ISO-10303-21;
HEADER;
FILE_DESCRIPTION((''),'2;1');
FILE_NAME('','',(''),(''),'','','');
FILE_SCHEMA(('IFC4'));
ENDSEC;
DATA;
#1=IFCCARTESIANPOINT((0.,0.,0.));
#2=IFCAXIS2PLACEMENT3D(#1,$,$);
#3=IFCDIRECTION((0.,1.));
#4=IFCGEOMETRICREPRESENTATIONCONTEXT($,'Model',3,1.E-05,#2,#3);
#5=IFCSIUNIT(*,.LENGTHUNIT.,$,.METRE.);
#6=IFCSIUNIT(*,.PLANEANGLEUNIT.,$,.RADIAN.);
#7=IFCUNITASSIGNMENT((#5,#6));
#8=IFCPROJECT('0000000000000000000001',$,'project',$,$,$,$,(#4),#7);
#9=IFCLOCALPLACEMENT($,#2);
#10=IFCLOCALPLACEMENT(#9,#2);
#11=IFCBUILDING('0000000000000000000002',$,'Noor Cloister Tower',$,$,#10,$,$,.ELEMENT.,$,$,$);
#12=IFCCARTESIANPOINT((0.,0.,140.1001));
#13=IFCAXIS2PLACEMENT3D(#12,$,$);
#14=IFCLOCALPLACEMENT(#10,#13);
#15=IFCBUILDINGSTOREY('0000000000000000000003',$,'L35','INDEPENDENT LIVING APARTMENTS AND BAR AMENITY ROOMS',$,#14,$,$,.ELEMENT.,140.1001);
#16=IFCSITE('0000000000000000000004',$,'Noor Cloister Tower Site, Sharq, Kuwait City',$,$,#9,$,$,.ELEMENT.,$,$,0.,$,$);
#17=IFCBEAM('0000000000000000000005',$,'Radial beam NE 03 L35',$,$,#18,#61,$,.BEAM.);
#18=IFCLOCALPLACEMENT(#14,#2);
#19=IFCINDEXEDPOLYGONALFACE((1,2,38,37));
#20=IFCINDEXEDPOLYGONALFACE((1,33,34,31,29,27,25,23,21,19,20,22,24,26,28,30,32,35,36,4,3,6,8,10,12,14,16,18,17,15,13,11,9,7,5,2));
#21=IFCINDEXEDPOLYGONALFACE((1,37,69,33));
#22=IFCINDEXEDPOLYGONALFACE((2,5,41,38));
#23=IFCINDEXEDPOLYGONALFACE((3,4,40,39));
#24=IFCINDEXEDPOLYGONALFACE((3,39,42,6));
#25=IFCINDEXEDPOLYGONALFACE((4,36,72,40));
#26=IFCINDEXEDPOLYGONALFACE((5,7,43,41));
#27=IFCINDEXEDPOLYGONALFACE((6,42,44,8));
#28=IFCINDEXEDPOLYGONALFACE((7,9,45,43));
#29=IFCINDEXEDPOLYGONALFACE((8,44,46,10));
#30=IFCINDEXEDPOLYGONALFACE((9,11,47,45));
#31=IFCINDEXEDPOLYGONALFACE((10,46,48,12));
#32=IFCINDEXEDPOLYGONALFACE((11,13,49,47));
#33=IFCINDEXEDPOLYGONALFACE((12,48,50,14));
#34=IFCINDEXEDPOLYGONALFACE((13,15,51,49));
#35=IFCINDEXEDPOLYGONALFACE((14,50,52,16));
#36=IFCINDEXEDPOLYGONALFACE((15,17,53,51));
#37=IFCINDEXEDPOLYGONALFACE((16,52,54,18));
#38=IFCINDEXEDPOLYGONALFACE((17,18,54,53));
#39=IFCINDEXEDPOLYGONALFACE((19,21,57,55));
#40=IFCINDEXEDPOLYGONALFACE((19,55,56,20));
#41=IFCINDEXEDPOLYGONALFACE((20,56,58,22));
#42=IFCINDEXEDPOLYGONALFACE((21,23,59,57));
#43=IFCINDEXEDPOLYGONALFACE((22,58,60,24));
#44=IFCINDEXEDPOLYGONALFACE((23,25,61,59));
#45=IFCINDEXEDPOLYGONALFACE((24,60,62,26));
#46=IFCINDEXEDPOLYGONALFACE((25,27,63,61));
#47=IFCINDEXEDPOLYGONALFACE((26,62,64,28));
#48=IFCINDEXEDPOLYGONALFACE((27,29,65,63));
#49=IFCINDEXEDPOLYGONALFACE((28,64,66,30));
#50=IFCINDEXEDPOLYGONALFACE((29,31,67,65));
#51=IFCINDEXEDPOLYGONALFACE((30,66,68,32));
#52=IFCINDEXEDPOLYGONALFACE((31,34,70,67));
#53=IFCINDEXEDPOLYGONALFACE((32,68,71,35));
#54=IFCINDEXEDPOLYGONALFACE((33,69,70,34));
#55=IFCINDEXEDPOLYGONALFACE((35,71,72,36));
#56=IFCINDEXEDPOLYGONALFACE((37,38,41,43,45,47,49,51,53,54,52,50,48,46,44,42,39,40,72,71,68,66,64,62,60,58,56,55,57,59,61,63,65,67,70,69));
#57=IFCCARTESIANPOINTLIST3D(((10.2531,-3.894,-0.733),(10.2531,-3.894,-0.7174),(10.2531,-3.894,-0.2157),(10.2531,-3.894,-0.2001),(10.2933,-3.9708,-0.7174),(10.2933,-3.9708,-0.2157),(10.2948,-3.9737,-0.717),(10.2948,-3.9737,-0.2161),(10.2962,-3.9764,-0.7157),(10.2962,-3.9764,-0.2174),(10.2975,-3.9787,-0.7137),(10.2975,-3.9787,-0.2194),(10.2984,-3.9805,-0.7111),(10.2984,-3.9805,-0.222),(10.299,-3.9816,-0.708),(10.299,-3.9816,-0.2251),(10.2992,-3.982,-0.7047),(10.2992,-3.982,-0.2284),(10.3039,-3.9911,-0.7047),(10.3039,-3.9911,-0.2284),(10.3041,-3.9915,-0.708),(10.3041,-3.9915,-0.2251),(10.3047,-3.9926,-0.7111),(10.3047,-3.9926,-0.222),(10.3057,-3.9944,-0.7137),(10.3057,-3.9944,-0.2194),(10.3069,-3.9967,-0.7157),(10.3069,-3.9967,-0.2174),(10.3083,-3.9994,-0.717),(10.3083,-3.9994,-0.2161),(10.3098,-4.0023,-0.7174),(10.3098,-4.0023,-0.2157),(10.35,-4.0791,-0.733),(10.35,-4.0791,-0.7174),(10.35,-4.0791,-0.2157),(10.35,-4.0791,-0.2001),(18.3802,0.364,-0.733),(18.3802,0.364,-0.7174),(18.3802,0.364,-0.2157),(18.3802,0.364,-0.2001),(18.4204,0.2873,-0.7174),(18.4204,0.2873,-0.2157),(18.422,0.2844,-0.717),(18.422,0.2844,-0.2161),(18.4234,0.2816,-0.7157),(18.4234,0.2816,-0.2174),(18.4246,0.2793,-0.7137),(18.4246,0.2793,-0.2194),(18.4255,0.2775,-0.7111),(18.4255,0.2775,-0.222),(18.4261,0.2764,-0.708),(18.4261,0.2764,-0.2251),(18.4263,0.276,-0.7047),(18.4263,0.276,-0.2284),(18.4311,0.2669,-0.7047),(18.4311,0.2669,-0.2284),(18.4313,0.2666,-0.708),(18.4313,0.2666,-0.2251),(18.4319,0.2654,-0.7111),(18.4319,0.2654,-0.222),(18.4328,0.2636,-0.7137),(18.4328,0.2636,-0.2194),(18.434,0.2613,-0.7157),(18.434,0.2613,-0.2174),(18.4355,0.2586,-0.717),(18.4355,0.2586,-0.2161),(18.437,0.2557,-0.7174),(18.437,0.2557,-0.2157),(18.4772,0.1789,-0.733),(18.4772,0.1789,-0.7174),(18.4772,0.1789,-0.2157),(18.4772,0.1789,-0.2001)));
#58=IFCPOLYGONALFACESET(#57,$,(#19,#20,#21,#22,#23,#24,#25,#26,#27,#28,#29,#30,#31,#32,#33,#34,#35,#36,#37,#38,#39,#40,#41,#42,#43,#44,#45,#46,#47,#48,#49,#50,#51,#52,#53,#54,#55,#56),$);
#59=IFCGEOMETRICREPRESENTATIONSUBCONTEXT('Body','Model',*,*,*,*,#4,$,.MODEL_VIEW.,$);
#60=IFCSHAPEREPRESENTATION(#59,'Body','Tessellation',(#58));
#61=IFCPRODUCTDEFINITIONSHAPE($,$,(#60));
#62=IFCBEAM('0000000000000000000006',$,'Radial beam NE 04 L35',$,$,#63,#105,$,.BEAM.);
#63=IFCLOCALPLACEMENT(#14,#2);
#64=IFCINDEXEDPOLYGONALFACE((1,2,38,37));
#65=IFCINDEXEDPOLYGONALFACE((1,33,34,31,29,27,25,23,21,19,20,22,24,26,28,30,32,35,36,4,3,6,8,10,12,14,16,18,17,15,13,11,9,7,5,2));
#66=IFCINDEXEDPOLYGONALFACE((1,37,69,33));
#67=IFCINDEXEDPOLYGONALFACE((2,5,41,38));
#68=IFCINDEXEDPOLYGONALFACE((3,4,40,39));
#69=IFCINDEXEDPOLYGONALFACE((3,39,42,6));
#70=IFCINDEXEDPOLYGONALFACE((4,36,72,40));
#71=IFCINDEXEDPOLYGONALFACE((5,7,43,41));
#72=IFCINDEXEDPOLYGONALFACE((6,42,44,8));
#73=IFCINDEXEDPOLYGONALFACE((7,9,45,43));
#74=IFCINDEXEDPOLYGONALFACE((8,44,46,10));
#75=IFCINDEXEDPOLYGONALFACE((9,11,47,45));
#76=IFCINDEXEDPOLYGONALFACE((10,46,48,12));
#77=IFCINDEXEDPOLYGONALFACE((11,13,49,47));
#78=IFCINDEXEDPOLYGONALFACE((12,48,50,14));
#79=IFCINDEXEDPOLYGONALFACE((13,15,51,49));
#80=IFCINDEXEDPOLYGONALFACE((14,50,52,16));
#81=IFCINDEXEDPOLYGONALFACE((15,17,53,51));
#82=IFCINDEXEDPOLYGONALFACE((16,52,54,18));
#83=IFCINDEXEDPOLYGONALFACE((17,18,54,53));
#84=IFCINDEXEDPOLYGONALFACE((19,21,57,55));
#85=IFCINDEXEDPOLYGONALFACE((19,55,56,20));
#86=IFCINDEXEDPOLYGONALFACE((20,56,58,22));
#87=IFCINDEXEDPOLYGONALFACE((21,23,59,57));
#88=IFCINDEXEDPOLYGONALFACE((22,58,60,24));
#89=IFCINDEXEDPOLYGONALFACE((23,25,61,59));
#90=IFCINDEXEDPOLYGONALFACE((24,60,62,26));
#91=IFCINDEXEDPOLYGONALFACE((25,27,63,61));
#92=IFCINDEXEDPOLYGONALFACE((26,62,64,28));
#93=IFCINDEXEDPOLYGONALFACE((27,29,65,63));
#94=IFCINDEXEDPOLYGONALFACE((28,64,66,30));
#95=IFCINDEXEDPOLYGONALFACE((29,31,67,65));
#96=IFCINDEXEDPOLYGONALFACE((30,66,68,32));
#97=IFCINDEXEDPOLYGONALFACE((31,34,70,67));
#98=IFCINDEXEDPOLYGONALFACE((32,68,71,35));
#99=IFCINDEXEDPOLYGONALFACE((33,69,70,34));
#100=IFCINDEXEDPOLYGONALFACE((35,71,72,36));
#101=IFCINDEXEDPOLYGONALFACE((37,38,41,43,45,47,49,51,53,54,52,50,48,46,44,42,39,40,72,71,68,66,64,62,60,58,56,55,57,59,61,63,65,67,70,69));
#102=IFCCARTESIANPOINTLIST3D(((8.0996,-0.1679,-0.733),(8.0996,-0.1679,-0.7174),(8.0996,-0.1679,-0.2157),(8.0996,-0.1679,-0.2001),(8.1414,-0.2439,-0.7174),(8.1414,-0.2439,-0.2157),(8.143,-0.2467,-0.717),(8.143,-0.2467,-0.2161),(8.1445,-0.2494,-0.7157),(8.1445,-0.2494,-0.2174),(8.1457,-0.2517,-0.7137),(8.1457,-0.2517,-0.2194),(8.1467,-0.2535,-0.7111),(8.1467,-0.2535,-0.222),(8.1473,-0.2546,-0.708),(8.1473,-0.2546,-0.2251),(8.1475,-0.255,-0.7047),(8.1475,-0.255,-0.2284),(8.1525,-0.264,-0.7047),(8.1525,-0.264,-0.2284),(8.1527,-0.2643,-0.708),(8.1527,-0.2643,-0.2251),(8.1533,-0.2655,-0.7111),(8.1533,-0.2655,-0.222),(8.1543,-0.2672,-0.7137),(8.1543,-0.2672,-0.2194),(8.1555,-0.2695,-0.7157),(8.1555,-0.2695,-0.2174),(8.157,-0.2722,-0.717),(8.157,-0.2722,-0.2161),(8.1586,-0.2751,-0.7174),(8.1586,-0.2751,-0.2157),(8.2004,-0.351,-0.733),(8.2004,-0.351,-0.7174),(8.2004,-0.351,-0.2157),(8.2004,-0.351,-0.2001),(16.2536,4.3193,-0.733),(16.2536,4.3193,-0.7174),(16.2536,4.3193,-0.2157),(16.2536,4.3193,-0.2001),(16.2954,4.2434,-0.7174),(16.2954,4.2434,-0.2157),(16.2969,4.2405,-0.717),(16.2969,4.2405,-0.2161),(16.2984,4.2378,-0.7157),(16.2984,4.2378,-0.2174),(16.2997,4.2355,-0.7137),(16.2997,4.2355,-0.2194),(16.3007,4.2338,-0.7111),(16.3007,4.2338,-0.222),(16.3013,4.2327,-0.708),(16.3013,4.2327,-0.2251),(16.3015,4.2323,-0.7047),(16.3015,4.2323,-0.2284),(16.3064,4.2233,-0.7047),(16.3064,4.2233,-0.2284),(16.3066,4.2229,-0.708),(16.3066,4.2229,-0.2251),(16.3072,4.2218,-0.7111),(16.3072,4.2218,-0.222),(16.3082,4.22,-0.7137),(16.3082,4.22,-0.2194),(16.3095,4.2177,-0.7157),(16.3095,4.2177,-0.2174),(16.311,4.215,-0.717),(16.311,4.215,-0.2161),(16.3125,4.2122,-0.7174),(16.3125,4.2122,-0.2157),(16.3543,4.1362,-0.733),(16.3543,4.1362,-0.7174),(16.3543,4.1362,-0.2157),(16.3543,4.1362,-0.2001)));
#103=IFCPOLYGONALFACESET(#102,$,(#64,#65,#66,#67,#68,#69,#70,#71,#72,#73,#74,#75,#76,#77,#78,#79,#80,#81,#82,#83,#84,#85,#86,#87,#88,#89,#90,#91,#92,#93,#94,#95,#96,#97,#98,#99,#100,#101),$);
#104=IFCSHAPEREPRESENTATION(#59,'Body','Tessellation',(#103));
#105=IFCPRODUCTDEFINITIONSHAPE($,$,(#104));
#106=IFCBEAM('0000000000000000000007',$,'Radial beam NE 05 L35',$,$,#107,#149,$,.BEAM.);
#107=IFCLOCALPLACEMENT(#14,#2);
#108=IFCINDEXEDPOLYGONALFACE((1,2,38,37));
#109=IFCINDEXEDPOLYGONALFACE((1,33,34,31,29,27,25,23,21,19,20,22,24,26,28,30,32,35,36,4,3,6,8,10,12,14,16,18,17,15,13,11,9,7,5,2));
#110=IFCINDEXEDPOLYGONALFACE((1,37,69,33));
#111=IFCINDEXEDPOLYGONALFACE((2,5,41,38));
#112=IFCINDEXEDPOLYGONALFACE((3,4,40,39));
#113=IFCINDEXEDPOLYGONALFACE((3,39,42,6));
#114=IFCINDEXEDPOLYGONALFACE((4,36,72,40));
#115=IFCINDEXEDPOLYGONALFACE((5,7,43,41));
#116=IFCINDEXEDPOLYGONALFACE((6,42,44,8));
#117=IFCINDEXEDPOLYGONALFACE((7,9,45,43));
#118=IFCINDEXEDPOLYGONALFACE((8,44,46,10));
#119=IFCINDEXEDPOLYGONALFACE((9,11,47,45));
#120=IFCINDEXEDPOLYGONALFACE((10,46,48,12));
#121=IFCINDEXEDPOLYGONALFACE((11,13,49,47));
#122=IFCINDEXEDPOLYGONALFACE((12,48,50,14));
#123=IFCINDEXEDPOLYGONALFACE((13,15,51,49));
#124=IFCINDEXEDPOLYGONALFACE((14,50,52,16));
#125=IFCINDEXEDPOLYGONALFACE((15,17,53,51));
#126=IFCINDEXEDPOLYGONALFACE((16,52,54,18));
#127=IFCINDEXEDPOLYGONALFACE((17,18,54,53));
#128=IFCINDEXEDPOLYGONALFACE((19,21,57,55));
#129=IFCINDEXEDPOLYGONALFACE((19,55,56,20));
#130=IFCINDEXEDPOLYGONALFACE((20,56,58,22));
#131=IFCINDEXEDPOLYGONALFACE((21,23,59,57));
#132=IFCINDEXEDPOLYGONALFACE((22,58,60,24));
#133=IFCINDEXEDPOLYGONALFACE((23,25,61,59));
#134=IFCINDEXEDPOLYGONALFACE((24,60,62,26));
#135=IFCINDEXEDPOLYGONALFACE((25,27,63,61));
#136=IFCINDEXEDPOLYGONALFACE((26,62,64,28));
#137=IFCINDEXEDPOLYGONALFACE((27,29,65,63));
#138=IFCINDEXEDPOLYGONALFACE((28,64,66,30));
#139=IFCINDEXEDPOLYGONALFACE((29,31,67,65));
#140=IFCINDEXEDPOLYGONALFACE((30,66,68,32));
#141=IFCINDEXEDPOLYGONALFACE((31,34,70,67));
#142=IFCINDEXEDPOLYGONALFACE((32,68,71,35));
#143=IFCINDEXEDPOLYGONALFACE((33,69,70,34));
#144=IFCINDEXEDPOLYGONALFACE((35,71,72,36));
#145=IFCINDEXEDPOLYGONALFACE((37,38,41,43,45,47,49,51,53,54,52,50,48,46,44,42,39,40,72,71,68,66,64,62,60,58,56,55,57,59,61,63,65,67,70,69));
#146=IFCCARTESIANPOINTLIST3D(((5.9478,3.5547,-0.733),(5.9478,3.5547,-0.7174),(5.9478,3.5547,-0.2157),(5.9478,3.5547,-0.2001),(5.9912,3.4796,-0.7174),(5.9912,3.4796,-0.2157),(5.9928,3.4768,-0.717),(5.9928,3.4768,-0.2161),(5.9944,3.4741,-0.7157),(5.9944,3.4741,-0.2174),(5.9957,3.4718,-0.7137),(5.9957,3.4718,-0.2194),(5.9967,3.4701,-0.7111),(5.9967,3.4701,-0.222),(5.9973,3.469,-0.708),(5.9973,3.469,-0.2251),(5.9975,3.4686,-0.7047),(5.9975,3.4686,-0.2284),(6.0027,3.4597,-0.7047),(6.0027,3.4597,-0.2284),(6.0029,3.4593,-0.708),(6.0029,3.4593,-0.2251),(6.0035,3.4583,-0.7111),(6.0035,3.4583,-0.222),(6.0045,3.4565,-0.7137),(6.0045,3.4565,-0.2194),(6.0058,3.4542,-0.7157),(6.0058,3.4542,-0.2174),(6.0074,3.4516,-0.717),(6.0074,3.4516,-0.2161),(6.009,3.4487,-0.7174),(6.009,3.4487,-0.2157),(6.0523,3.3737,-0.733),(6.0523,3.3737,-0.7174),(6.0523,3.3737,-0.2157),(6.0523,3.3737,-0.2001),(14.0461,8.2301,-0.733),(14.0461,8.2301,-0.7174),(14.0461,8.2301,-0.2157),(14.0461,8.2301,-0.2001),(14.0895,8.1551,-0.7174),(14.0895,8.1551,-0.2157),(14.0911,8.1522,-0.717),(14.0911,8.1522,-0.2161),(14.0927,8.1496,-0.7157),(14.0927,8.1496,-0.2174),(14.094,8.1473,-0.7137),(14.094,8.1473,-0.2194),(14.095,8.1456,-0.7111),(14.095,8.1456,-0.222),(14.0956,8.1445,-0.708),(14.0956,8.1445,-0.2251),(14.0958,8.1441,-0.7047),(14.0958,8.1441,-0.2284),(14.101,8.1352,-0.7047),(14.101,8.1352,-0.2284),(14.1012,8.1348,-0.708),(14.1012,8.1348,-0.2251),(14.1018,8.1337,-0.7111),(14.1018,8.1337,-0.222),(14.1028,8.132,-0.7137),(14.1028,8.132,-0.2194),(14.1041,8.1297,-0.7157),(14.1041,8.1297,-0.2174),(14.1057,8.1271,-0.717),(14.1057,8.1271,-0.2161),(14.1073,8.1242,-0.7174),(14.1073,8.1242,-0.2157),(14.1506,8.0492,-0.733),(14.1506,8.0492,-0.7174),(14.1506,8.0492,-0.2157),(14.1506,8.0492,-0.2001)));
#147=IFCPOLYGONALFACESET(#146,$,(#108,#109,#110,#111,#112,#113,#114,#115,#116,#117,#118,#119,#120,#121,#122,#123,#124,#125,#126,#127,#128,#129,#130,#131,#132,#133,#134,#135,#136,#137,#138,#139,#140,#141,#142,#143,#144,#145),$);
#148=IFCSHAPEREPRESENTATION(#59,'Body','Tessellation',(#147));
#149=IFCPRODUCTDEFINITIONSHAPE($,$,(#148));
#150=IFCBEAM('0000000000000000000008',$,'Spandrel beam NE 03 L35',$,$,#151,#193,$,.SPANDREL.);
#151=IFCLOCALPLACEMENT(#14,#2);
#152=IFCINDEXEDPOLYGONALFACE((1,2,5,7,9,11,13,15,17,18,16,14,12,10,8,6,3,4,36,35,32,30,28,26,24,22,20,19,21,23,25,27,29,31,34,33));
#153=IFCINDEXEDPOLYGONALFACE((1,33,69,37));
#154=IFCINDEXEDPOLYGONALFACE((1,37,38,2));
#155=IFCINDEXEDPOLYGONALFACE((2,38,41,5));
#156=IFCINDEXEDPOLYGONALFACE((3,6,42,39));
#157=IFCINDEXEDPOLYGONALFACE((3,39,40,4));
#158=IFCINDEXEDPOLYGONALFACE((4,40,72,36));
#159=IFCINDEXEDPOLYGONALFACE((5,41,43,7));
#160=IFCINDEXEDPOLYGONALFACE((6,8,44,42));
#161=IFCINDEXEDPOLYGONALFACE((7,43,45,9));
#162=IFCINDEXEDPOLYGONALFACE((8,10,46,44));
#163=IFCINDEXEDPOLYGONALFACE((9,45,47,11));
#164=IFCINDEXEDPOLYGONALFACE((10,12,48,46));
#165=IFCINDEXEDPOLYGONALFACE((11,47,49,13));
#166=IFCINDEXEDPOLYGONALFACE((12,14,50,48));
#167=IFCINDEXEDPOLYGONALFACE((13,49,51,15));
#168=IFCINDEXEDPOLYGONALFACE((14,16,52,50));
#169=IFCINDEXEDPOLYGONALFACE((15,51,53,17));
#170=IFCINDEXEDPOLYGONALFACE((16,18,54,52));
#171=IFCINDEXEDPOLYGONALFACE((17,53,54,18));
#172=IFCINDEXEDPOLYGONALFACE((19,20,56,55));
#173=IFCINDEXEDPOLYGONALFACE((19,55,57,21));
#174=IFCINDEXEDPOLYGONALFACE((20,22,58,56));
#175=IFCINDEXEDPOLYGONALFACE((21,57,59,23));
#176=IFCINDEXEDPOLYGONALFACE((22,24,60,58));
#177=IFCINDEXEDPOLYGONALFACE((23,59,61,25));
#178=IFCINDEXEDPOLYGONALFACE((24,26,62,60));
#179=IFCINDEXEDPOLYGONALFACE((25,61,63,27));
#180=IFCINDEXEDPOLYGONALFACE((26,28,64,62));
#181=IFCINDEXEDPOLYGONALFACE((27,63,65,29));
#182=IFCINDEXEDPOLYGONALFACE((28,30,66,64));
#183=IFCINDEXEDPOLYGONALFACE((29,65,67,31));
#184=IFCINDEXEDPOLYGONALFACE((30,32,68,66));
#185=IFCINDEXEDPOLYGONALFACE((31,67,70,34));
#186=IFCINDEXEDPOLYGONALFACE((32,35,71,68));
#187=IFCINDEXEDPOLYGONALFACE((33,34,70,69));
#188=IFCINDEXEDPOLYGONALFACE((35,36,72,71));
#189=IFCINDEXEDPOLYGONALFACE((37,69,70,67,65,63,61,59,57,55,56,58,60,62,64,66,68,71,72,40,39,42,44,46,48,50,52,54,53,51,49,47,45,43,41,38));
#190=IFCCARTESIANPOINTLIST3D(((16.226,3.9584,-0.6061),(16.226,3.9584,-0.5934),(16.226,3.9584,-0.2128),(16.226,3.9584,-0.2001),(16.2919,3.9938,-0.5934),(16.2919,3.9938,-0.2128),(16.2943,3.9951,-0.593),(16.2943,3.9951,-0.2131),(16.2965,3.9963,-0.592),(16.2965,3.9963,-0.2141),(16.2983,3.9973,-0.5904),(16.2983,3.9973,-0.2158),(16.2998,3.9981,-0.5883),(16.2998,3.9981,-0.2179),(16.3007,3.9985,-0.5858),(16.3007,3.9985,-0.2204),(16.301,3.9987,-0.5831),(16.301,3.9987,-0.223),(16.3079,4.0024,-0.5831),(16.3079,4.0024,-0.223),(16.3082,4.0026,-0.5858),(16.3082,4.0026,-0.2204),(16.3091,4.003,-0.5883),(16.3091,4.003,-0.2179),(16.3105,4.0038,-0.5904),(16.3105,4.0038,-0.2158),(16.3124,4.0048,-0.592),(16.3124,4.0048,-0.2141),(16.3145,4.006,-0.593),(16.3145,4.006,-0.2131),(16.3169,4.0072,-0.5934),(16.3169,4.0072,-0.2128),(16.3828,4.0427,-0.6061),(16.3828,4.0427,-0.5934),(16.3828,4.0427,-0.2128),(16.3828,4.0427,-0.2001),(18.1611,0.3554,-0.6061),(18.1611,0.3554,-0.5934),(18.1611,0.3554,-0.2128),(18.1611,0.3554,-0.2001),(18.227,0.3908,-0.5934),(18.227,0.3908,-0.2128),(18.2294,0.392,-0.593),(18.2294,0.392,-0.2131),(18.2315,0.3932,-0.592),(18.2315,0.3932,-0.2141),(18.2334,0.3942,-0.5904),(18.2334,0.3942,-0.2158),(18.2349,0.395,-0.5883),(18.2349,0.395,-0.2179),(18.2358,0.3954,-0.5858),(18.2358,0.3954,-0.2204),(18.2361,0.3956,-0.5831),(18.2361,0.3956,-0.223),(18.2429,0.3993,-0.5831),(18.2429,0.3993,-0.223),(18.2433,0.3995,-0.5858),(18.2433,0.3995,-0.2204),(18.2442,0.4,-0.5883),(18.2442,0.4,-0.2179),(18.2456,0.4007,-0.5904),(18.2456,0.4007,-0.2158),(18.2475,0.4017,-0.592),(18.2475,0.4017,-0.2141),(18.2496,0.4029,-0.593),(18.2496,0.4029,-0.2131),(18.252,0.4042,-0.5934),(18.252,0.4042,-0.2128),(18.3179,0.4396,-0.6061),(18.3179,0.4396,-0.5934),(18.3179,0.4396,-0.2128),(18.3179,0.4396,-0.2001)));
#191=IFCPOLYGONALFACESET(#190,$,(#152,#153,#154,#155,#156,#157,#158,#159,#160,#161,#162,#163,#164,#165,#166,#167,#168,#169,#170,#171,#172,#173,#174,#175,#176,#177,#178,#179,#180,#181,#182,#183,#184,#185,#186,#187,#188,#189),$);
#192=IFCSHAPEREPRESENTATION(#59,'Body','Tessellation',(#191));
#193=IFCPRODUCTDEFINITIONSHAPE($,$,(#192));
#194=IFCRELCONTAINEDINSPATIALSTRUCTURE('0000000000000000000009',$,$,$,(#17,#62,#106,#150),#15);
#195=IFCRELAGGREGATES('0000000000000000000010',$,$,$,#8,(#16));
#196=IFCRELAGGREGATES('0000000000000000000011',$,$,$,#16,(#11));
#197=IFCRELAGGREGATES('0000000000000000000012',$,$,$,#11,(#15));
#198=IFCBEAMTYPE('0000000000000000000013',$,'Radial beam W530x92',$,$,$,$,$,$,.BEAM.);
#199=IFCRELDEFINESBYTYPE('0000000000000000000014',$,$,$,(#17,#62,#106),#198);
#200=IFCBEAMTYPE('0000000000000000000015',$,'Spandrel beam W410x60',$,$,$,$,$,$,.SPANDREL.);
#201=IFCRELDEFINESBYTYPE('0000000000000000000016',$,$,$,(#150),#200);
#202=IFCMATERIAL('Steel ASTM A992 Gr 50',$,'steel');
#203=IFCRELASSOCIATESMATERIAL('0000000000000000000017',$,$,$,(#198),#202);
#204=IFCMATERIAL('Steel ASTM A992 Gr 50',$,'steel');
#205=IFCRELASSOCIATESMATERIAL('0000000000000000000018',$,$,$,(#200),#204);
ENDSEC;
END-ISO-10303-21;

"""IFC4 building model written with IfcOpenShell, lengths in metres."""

from ifc_helpers import new_model, si_unit, direction, frame, origin, origin_2d, place, context, subcontext, project, spatial, i_section, extrude, material, material_profile, profile_set, type_object, element, save


model = new_model("IFC4")

# Units and contexts
model_context = context("Model", 3, precision=1e-05, world=origin(), true_north=direction((0.0, 1.0)))
body_context = subcontext(model_context, "Body", "Model", "MODEL_VIEW")
ifc_project = project(units=[si_unit("LENGTHUNIT", "METRE"), si_unit("PLANEANGLEUNIT", "RADIAN")], contexts=[model_context])

# Site, building, storey
site_placement = place(None, origin())
site = spatial("IfcSite", under=ifc_project, at=site_placement, Name="Noor Cloister Tower Site, Sharq, Kuwait City", CompositionType="ELEMENT", RefElevation=0.0)
building_placement = place(site_placement, origin())
building = spatial("IfcBuilding", under=site, at=building_placement, Name="Noor Cloister Tower", CompositionType="ELEMENT")
storey_placement = place(building_placement, frame((0.0, 0.0, 140.1001)))
storey = spatial("IfcBuildingStorey", under=building, at=storey_placement, Name="L35", Description="INDEPENDENT LIVING APARTMENTS AND BAR AMENITY ROOMS", CompositionType="ELEMENT", Elevation=140.1001)

# Beams
ifc_material_1 = material(Name="Steel ASTM A992 Gr 50", Category="steel")
ifc_material_profile_1 = material_profile(ifc_material_1, i_section(OverallWidth=0.209, OverallDepth=0.533, WebThickness=0.0103, FlangeThickness=0.0156, FilletRadius=0.0127, at=origin_2d()), Name="W530x92")
ifc_profile_set_1 = profile_set([ifc_material_profile_1], Name="Steel ASTM A992 Gr 50")
beam_type_1 = type_object("IfcBeamType", Name="Radial beam W530x92", PredefinedType="BEAM", material=ifc_profile_set_1)
beam_1_placement = place(storey_placement, frame((18.4287, 0.2715, -0.4666), z_axis=(-0.885789, -0.464089, 0.0), x_axis=(0.464089, -0.885789, 0.0)))
element("IfcBeam", 1, at=beam_1_placement, inside=storey, type_object=beam_type_1, Name="Radial beam NE 03 L35", PredefinedType="BEAM", context=body_context, shape_type="SweptSolid", body=[
    extrude(i_section(OverallWidth=0.209, OverallDepth=0.533, WebThickness=0.0103, FlangeThickness=0.0156, FilletRadius=0.0127, at=origin_2d()), origin(), (0.0, 0.0, 1.0), 9.175),
])
beam_2_placement = place(storey_placement, frame((16.304, 4.2278, -0.4666), z_axis=(-0.876099, -0.482131, 0.0), x_axis=(0.482131, -0.876099, 0.0)))
element("IfcBeam", 2, at=beam_2_placement, inside=storey, type_object=beam_type_1, Name="Radial beam NE 04 L35", PredefinedType="BEAM", context=body_context, shape_type="SweptSolid", body=[
    extrude(i_section(OverallWidth=0.209, OverallDepth=0.533, WebThickness=0.0103, FlangeThickness=0.0156, FilletRadius=0.0127, at=origin_2d()), origin(), (0.0, 0.0, 1.0), 9.3071),
])
beam_3_placement = place(storey_placement, frame((14.0984, 8.1396, -0.4666), z_axis=(-0.866029, -0.499994, 0.0), x_axis=(0.499994, -0.866029, 0.0)))
element("IfcBeam", 3, at=beam_3_placement, inside=storey, type_object=beam_type_1, Name="Radial beam NE 05 L35", PredefinedType="BEAM", context=body_context, shape_type="SweptSolid", body=[
    extrude(i_section(OverallWidth=0.209, OverallDepth=0.533, WebThickness=0.0103, FlangeThickness=0.0156, FilletRadius=0.0127, at=origin_2d()), origin(), (0.0, 0.0, 1.0), 9.3511),
])
ifc_material_2 = material(Name="Steel ASTM A992 Gr 50", Category="steel")
ifc_material_profile_2 = material_profile(ifc_material_2, i_section(OverallWidth=0.178, OverallDepth=0.406, WebThickness=0.0078, FlangeThickness=0.0127, FilletRadius=0.0103, at=origin_2d()), Name="W410x60")
ifc_profile_set_2 = profile_set([ifc_material_profile_2], Name="Steel ASTM A992 Gr 50")
beam_type_2 = type_object("IfcBeamType", Name="Spandrel beam W410x60", PredefinedType="SPANDREL", material=ifc_profile_set_2)
beam_4_placement = place(storey_placement, frame((18.2395, 0.3975, -0.4031), z_axis=(-0.473146, 0.880984, 0.0), x_axis=(-0.880984, -0.473146, 0.0)))
element("IfcBeam", 4, at=beam_4_placement, inside=storey, type_object=beam_type_2, Name="Spandrel beam NE 03 L35", PredefinedType="SPANDREL", context=body_context, shape_type="SweptSolid", body=[
    extrude(i_section(OverallWidth=0.178, OverallDepth=0.406, WebThickness=0.0078, FlangeThickness=0.0127, FilletRadius=0.0103, at=origin_2d()), origin(), (0.0, 0.0, 1.0), 4.0898),
])

save(model, "model.ifc")
